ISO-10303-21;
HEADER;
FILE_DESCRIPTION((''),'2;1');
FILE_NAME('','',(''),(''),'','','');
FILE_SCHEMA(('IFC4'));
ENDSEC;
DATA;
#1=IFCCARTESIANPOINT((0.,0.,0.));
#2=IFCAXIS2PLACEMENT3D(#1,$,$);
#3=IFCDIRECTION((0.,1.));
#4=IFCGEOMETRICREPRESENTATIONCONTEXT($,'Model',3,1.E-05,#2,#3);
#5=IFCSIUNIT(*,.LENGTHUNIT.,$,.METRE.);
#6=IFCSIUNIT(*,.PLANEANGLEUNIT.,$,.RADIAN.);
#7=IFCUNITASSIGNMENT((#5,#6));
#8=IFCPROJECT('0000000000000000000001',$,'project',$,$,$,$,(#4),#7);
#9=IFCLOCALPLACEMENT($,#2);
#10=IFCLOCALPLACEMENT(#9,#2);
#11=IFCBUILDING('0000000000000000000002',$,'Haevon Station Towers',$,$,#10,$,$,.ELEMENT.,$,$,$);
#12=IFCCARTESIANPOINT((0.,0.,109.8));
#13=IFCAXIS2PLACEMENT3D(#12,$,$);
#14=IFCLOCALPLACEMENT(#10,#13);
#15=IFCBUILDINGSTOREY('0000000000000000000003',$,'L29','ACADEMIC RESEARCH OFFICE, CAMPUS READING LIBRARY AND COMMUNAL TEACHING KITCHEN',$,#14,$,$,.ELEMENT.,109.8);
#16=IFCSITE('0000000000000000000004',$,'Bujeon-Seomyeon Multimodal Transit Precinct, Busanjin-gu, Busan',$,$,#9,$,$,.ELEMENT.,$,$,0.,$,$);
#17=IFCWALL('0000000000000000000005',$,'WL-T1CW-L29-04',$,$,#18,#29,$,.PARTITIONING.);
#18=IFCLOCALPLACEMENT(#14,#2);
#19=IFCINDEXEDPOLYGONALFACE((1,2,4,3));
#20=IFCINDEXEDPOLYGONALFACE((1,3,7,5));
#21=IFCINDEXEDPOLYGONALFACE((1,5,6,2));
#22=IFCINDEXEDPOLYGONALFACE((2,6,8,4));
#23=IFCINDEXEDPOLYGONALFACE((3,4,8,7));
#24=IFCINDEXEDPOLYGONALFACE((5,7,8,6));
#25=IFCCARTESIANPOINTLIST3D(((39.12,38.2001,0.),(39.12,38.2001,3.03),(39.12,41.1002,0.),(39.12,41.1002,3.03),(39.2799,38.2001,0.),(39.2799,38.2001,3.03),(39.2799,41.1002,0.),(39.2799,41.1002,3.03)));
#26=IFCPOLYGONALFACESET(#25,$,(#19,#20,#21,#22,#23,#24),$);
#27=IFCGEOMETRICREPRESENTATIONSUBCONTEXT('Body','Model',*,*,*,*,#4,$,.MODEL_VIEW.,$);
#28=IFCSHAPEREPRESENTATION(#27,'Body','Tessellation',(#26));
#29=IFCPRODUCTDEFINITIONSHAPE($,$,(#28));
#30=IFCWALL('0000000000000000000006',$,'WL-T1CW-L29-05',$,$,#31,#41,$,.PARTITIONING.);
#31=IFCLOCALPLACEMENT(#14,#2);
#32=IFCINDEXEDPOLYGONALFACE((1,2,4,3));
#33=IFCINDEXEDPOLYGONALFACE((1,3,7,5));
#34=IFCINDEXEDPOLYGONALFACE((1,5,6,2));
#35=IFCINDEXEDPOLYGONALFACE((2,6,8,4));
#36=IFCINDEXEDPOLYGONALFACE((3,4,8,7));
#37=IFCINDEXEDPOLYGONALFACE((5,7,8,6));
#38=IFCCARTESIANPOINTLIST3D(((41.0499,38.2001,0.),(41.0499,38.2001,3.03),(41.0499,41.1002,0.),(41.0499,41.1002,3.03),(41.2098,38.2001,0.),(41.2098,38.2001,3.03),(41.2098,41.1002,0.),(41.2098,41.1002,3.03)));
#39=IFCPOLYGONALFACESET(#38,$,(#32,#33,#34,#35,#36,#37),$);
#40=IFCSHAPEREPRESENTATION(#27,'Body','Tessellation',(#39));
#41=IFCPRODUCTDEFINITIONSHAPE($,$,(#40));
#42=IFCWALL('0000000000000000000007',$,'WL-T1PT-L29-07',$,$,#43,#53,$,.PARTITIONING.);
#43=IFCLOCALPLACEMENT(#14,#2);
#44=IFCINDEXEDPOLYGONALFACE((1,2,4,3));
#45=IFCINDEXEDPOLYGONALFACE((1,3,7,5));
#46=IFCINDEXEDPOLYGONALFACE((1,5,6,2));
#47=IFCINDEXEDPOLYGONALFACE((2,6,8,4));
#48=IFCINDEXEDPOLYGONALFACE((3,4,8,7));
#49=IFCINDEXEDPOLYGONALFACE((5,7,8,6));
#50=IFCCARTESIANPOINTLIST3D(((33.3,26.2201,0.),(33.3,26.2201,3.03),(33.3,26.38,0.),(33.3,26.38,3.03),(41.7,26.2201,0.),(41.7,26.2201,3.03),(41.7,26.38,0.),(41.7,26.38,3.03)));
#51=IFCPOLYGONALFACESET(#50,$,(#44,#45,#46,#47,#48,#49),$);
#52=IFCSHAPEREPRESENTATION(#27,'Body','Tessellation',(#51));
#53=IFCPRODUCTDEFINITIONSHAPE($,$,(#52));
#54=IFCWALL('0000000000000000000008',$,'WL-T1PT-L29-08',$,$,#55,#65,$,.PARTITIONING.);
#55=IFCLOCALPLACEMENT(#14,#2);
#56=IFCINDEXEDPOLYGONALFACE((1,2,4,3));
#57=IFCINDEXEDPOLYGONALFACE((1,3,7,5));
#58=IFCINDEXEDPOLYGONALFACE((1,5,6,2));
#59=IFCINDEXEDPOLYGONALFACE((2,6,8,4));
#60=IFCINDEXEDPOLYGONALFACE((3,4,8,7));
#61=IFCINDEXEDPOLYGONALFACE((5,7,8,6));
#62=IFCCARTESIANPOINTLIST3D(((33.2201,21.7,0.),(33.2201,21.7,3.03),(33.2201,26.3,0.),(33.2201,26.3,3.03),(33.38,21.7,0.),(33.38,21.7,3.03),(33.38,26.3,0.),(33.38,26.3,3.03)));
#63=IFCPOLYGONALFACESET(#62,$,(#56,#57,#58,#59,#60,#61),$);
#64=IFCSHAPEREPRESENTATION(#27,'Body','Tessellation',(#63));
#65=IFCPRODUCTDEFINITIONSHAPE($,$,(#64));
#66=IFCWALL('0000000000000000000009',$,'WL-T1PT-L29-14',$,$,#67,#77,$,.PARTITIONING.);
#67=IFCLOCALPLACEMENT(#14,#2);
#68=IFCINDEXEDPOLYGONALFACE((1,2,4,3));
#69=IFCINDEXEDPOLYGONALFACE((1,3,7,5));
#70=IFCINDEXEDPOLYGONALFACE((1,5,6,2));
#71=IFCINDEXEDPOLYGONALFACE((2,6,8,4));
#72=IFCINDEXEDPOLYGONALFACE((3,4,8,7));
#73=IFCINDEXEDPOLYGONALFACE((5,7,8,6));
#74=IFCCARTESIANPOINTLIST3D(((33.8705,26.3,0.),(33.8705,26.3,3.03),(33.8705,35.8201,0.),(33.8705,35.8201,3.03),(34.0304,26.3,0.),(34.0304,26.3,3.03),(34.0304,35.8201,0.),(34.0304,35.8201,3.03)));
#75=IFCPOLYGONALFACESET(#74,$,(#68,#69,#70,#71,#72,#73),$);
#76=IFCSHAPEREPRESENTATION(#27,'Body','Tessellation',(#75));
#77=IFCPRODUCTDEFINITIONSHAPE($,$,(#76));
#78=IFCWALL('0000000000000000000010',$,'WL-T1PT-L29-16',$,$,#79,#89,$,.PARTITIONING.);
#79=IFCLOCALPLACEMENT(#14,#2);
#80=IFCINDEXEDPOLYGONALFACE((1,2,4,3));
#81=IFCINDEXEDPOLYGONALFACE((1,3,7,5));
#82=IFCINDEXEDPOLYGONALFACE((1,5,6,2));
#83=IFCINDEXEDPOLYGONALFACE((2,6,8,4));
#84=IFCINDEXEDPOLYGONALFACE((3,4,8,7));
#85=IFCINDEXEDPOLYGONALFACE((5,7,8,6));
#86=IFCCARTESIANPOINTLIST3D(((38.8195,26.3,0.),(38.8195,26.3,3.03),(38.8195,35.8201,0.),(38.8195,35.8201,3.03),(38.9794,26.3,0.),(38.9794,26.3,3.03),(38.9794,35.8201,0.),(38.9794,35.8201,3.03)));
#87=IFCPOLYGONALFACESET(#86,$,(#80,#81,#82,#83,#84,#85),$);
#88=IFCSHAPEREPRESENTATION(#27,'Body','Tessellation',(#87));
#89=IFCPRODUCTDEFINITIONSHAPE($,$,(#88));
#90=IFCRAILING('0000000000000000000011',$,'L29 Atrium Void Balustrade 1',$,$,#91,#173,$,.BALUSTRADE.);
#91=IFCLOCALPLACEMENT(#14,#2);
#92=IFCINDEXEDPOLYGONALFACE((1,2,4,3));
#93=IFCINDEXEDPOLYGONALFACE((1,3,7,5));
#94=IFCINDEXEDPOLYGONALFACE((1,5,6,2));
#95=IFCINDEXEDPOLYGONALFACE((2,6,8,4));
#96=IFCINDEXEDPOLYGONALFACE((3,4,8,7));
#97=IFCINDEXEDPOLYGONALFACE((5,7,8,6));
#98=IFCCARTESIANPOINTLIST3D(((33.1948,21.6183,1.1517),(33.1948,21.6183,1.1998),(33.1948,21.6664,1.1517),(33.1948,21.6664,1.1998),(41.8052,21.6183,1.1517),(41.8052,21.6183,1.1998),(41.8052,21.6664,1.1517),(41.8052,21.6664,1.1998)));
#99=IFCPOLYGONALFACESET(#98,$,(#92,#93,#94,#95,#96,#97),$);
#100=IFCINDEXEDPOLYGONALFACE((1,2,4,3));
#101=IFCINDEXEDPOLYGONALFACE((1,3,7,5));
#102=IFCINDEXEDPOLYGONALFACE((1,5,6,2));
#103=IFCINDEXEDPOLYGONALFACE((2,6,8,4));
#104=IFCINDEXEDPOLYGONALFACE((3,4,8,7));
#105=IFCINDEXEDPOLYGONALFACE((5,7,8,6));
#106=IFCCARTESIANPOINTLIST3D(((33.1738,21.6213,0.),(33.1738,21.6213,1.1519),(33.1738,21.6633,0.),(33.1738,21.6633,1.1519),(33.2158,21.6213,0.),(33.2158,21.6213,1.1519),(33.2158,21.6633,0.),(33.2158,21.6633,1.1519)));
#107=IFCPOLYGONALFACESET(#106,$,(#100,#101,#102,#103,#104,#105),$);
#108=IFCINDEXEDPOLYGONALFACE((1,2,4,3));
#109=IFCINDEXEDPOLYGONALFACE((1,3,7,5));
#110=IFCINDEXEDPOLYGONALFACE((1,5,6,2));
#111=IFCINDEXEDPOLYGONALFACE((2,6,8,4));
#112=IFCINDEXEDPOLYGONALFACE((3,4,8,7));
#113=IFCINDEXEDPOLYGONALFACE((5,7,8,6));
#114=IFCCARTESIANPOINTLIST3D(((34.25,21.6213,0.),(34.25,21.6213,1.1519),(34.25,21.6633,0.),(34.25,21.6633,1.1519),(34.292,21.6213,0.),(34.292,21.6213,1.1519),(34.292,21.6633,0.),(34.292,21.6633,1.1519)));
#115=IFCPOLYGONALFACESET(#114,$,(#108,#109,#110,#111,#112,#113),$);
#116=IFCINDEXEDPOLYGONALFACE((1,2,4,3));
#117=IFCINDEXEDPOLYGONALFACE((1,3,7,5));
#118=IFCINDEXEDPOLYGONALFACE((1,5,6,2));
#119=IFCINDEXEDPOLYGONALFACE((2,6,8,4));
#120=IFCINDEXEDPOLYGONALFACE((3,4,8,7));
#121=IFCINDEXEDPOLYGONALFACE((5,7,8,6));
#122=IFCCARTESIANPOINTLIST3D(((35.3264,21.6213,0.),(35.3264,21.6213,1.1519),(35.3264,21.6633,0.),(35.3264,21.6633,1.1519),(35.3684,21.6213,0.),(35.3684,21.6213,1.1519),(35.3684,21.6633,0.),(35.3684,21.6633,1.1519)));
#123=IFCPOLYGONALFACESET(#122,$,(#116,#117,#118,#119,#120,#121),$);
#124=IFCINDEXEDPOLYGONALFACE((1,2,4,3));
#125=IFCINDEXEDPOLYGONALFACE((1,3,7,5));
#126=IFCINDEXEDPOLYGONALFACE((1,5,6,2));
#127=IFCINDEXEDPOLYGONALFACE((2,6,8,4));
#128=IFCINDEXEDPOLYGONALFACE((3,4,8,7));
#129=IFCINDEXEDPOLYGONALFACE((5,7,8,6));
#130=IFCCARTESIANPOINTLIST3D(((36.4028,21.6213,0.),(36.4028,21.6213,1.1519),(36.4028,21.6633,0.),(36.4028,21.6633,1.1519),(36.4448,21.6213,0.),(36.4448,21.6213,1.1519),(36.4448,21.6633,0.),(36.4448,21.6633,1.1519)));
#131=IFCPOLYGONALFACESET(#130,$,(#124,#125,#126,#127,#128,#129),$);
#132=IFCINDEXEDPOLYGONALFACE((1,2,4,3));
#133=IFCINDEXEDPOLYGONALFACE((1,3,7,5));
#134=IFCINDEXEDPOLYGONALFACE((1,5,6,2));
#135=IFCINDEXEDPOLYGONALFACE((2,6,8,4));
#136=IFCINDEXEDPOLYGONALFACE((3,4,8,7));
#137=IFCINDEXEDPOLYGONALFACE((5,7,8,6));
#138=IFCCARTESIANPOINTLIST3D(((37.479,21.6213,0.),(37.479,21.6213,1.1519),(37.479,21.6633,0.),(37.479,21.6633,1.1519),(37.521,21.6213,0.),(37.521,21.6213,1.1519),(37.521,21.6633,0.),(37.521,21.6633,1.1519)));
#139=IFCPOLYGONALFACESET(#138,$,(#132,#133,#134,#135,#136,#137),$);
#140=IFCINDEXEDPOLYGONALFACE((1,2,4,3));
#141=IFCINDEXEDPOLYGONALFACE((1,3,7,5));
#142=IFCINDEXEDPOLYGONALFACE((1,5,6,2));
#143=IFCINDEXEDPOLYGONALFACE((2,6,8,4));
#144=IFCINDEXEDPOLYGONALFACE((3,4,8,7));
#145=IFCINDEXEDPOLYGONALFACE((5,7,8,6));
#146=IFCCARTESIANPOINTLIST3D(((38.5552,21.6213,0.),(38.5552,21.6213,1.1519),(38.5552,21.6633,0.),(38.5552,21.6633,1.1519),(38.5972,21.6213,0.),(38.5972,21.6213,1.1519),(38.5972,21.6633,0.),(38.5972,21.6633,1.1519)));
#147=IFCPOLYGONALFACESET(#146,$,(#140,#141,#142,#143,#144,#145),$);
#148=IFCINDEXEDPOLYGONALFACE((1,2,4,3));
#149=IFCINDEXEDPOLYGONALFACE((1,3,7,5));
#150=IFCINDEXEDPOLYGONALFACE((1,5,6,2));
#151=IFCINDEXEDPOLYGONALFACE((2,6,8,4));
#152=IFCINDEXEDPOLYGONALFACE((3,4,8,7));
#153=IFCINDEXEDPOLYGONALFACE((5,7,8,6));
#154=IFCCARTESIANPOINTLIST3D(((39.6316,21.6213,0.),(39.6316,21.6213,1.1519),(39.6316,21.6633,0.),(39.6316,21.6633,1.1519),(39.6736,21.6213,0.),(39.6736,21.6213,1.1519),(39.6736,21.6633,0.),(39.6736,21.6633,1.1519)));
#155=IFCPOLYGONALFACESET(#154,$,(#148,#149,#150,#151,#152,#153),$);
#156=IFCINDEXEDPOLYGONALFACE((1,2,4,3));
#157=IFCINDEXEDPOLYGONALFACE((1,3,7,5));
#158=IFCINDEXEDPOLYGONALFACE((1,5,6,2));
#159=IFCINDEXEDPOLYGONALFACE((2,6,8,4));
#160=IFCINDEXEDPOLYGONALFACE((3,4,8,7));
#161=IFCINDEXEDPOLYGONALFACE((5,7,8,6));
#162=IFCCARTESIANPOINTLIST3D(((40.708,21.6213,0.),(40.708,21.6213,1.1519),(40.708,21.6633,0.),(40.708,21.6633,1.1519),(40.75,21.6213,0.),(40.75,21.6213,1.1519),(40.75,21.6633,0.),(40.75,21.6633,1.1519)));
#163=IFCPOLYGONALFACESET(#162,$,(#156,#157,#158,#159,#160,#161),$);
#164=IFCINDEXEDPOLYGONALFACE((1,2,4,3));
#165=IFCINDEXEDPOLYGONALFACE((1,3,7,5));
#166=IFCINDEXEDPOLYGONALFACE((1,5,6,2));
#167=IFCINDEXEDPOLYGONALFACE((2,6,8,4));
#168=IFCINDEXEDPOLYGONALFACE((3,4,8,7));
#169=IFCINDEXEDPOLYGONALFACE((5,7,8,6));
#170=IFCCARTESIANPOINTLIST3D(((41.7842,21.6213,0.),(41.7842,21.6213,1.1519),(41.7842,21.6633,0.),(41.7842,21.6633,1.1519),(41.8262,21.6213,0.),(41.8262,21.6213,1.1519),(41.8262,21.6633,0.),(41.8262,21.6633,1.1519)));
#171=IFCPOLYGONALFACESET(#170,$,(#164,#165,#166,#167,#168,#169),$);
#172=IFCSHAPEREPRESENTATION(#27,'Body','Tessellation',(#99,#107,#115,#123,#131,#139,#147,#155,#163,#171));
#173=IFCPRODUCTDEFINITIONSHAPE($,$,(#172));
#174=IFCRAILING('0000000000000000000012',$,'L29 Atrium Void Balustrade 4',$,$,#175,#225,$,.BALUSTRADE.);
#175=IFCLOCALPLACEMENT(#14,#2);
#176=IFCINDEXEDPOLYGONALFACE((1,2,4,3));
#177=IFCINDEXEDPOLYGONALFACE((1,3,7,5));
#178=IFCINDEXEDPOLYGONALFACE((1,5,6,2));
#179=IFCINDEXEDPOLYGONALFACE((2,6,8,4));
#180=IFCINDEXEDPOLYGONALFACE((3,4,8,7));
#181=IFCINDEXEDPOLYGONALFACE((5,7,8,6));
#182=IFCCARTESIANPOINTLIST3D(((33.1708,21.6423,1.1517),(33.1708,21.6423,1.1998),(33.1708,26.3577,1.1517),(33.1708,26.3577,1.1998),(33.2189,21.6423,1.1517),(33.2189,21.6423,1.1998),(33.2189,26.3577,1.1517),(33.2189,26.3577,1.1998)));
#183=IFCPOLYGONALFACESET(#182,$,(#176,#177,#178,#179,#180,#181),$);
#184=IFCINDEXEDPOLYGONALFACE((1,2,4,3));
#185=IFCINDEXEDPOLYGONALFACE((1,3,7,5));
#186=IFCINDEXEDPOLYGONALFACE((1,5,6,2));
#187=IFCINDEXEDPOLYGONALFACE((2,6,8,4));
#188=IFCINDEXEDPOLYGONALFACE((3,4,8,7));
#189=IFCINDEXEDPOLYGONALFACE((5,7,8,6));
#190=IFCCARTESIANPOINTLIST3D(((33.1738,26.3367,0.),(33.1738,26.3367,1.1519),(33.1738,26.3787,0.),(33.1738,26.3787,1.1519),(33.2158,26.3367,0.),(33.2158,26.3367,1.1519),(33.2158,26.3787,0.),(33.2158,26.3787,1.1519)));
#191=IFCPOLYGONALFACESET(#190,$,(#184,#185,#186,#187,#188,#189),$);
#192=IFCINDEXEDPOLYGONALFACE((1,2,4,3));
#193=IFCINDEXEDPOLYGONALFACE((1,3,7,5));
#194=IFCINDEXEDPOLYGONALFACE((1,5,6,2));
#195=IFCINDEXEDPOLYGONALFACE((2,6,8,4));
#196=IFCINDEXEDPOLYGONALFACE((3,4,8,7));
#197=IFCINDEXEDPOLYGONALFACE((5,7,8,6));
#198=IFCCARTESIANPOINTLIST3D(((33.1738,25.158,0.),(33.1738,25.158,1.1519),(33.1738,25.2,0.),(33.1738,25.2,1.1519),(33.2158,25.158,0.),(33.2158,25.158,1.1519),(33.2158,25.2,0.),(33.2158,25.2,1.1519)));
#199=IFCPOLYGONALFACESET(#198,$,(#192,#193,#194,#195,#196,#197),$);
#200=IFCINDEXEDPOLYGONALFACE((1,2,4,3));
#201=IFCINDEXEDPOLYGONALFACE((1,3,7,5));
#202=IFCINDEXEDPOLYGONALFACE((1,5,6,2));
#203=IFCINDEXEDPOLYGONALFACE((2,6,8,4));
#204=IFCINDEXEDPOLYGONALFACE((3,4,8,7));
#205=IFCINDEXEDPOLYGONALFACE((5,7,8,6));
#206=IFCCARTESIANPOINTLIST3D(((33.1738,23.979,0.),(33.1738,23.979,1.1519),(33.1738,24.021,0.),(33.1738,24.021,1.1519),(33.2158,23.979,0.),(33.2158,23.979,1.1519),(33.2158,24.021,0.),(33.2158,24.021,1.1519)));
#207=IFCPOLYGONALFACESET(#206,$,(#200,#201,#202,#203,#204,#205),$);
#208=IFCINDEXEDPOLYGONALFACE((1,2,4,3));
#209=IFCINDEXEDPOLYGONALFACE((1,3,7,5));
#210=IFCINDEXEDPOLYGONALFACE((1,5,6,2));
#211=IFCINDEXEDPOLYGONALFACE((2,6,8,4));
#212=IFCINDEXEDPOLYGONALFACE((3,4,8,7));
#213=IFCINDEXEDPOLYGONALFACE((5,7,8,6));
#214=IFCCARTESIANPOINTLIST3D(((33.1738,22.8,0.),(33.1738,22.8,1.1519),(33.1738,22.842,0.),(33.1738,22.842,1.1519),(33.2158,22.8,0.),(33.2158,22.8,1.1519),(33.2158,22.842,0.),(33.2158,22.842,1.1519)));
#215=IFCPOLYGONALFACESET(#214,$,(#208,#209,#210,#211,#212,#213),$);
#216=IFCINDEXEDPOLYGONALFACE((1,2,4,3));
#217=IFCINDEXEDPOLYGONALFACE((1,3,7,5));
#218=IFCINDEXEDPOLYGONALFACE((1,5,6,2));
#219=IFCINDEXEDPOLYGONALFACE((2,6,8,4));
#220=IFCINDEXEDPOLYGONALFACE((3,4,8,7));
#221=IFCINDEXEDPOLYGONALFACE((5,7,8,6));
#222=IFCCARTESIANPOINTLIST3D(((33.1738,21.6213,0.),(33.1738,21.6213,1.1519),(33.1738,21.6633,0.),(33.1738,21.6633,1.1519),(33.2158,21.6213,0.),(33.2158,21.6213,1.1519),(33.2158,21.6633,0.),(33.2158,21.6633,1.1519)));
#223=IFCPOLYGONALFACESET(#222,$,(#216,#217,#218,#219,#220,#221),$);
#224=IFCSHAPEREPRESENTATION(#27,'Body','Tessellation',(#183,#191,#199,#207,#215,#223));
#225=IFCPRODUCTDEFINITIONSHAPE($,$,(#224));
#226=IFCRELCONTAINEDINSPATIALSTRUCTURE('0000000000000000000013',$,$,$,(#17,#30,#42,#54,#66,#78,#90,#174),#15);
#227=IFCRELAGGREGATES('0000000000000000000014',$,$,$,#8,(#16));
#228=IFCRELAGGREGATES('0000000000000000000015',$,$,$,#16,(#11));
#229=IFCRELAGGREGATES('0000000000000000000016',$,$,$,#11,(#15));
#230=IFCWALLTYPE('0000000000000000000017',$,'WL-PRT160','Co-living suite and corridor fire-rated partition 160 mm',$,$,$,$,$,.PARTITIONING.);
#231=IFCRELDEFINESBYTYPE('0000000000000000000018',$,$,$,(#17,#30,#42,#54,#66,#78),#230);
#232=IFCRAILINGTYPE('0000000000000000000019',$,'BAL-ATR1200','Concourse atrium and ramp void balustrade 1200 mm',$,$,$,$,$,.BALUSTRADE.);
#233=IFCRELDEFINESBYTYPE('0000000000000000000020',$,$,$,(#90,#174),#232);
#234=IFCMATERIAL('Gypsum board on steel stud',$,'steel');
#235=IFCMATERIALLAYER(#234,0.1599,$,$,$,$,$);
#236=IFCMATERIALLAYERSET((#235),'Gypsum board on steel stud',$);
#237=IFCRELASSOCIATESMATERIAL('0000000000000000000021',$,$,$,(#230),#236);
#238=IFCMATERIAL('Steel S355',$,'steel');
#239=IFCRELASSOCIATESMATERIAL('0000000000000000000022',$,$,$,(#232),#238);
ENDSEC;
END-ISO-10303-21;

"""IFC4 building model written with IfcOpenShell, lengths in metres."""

from ifc_helpers import new_model, si_unit, direction, frame, frame_2d, origin, origin_2d, place, context, subcontext, project, spatial, rectangle, extrude, material, layer, layer_set, type_object, element, save


model = new_model("IFC4")

# Units and contexts
model_context = context("Model", 3, precision=1e-05, world=origin(), true_north=direction((0.0, 1.0)))
body_context = subcontext(model_context, "Body", "Model", "MODEL_VIEW")
ifc_project = project(units=[si_unit("LENGTHUNIT", "METRE"), si_unit("PLANEANGLEUNIT", "RADIAN")], contexts=[model_context])

# Site, building, storey
site_placement = place(None, origin())
site = spatial("IfcSite", under=ifc_project, at=site_placement, Name="Bujeon-Seomyeon Multimodal Transit Precinct, Busanjin-gu, Busan", CompositionType="ELEMENT", RefElevation=0.0)
building_placement = place(site_placement, origin())
building = spatial("IfcBuilding", under=site, at=building_placement, Name="Haevon Station Towers", CompositionType="ELEMENT")
storey_placement = place(building_placement, frame((0.0, 0.0, 109.8)))
storey = spatial("IfcBuildingStorey", under=building, at=storey_placement, Name="L29", Description="ACADEMIC RESEARCH OFFICE, CAMPUS READING LIBRARY AND COMMUNAL TEACHING KITCHEN", CompositionType="ELEMENT", Elevation=109.8)

# Shared definitions
ifc_material_1 = material(Name="Steel S355", Category="steel")

# Shared definitions
ifc_material_2 = material(Name="Gypsum board on steel stud", Category="steel")

# Walls
ifc_layer_1 = layer(ifc_material_2, 0.1599)
ifc_layer_set_1 = layer_set([ifc_layer_1], Name="Gypsum board on steel stud")
wall_type_1 = type_object("IfcWallType", Name="WL-PRT160", Description="Co-living suite and corridor fire-rated partition 160 mm", PredefinedType="PARTITIONING", material=ifc_layer_set_1)
for number, where, z_axis, x_axis, name in (
    (1, (39.2, 38.2, 0.0), (0.0, 0.0, 1.0), (0.0, 1.0, 0.0), "WL-T1CW-L29-04"),
    (2, (41.1299, 38.2, 0.0), (0.0, 0.0, 1.0), (0.0, 1.0, 0.0), "WL-T1CW-L29-05"),
):
    element("IfcWall", number, at=place(storey_placement, frame(where, z_axis=z_axis, x_axis=x_axis)), inside=storey, type_object=wall_type_1, Name=name, PredefinedType="PARTITIONING", context=body_context, shape_type="SweptSolid", body=[
        extrude(rectangle(XDim=2.9001, YDim=0.1599, at=frame_2d((1.4502, 0.0))), origin(), (0.0, 0.0, 1.0), 3.03),
    ])
wall_1_placement = place(storey_placement, frame((33.3, 26.3, 0.0), z_axis=(0.0, 0.0, 1.0), x_axis=(1.0, 0.0, 0.0)))
element("IfcWall", 3, at=wall_1_placement, inside=storey, type_object=wall_type_1, Name="WL-T1PT-L29-07", PredefinedType="PARTITIONING", context=body_context, shape_type="SweptSolid", body=[
    extrude(rectangle(XDim=8.3999, YDim=0.1599, at=frame_2d((4.2, 0.0))), origin(), (0.0, 0.0, 1.0), 3.03),
])
wall_2_placement = place(storey_placement, frame((33.3, 21.7, 0.0), z_axis=(0.0, 0.0, 1.0), x_axis=(0.0, 1.0, 0.0)))
element("IfcWall", 4, at=wall_2_placement, inside=storey, type_object=wall_type_1, Name="WL-T1PT-L29-08", PredefinedType="PARTITIONING", context=body_context, shape_type="SweptSolid", body=[
    extrude(rectangle(XDim=4.6001, YDim=0.1599, at=frame_2d((2.3, 0.0))), origin(), (0.0, 0.0, 1.0), 3.03),
])
for number, where, z_axis, x_axis, name in (
    (5, (33.9504, 26.3, 0.0), (0.0, 0.0, 1.0), (0.0, 1.0, 0.0), "WL-T1PT-L29-14"),
    (6, (38.8994, 26.3, 0.0), (0.0, 0.0, 1.0), (0.0, 1.0, 0.0), "WL-T1PT-L29-16"),
):
    element("IfcWall", number, at=place(storey_placement, frame(where, z_axis=z_axis, x_axis=x_axis)), inside=storey, type_object=wall_type_1, Name=name, PredefinedType="PARTITIONING", context=body_context, shape_type="SweptSolid", body=[
        extrude(rectangle(XDim=9.52, YDim=0.1599, at=frame_2d((4.76, 0.0))), origin(), (0.0, 0.0, 1.0), 3.03),
    ])

# Railings
railing_type = type_object("IfcRailingType", Name="BAL-ATR1200", Description="Concourse atrium and ramp void balustrade 1200 mm", PredefinedType="BALUSTRADE", material=ifc_material_1)
railing_1_placement = place(storey_placement, frame((33.1948, 21.6423, 0.0)))
element("IfcRailing", 7, at=railing_1_placement, inside=storey, type_object=railing_type, Name="L29 Atrium Void Balustrade 1", PredefinedType="BALUSTRADE", context=body_context, shape_type="SweptSolid", body=[
    extrude(rectangle(XDim=0.0481, YDim=0.0481, at=origin_2d()), frame((0.0, 0.0, 1.1758), z_axis=(1.0, 0.0, 0.0), x_axis=(0.0, 1.0, 0.0)), (0.0, 0.0, 1.0), 8.6104),
    extrude(rectangle(XDim=0.042, YDim=0.042, at=origin_2d()), origin(), (0.0, 0.0, 1.0), 1.1519),
    extrude(rectangle(XDim=0.042, YDim=0.042, at=origin_2d()), frame((1.0762, 0.0, 0.0)), (0.0, 0.0, 1.0), 1.1519),
    extrude(rectangle(XDim=0.042, YDim=0.042, at=origin_2d()), frame((2.1526, 0.0, 0.0)), (0.0, 0.0, 1.0), 1.1519),
    extrude(rectangle(XDim=0.042, YDim=0.042, at=origin_2d()), frame((3.229, 0.0, 0.0)), (0.0, 0.0, 1.0), 1.1519),
    extrude(rectangle(XDim=0.042, YDim=0.042, at=origin_2d()), frame((4.3052, 0.0, 0.0)), (0.0, 0.0, 1.0), 1.1519),
    extrude(rectangle(XDim=0.042, YDim=0.042, at=origin_2d()), frame((5.3813, 0.0, 0.0)), (0.0, 0.0, 1.0), 1.1519),
    extrude(rectangle(XDim=0.042, YDim=0.042, at=origin_2d()), frame((6.4578, 0.0, 0.0)), (0.0, 0.0, 1.0), 1.1519),
    extrude(rectangle(XDim=0.042, YDim=0.042, at=origin_2d()), frame((7.5342, 0.0, 0.0)), (0.0, 0.0, 1.0), 1.1519),
    extrude(rectangle(XDim=0.042, YDim=0.042, at=origin_2d()), frame((8.6104, 0.0, 0.0)), (0.0, 0.0, 1.0), 1.1519),
])
railing_2_placement = place(storey_placement, frame((33.1948, 26.3577, 0.0)))
element("IfcRailing", 8, at=railing_2_placement, inside=storey, type_object=railing_type, Name="L29 Atrium Void Balustrade 4", PredefinedType="BALUSTRADE", context=body_context, shape_type="SweptSolid", body=[
    extrude(rectangle(XDim=0.0481, YDim=0.0481, at=origin_2d()), frame((0.0, 0.0, 1.1758), z_axis=(0.0, -1.0, 0.0), x_axis=(1.0, 0.0, 0.0)), (0.0, 0.0, 1.0), 4.7153),
    extrude(rectangle(XDim=0.042, YDim=0.042, at=origin_2d()), origin(), (0.0, 0.0, 1.0), 1.1519),
    extrude(rectangle(XDim=0.042, YDim=0.042, at=origin_2d()), frame((0.0, -1.1787, 0.0)), (0.0, 0.0, 1.0), 1.1519),
    extrude(rectangle(XDim=0.042, YDim=0.042, at=origin_2d()), frame((0.0, -2.3577, 0.0)), (0.0, 0.0, 1.0), 1.1519),
    extrude(rectangle(XDim=0.042, YDim=0.042, at=origin_2d()), frame((0.0, -3.5366, 0.0)), (0.0, 0.0, 1.0), 1.1519),
    extrude(rectangle(XDim=0.042, YDim=0.042, at=origin_2d()), frame((0.0, -4.7153, 0.0)), (0.0, 0.0, 1.0), 1.1519),
])

save(model, "model.ifc")
